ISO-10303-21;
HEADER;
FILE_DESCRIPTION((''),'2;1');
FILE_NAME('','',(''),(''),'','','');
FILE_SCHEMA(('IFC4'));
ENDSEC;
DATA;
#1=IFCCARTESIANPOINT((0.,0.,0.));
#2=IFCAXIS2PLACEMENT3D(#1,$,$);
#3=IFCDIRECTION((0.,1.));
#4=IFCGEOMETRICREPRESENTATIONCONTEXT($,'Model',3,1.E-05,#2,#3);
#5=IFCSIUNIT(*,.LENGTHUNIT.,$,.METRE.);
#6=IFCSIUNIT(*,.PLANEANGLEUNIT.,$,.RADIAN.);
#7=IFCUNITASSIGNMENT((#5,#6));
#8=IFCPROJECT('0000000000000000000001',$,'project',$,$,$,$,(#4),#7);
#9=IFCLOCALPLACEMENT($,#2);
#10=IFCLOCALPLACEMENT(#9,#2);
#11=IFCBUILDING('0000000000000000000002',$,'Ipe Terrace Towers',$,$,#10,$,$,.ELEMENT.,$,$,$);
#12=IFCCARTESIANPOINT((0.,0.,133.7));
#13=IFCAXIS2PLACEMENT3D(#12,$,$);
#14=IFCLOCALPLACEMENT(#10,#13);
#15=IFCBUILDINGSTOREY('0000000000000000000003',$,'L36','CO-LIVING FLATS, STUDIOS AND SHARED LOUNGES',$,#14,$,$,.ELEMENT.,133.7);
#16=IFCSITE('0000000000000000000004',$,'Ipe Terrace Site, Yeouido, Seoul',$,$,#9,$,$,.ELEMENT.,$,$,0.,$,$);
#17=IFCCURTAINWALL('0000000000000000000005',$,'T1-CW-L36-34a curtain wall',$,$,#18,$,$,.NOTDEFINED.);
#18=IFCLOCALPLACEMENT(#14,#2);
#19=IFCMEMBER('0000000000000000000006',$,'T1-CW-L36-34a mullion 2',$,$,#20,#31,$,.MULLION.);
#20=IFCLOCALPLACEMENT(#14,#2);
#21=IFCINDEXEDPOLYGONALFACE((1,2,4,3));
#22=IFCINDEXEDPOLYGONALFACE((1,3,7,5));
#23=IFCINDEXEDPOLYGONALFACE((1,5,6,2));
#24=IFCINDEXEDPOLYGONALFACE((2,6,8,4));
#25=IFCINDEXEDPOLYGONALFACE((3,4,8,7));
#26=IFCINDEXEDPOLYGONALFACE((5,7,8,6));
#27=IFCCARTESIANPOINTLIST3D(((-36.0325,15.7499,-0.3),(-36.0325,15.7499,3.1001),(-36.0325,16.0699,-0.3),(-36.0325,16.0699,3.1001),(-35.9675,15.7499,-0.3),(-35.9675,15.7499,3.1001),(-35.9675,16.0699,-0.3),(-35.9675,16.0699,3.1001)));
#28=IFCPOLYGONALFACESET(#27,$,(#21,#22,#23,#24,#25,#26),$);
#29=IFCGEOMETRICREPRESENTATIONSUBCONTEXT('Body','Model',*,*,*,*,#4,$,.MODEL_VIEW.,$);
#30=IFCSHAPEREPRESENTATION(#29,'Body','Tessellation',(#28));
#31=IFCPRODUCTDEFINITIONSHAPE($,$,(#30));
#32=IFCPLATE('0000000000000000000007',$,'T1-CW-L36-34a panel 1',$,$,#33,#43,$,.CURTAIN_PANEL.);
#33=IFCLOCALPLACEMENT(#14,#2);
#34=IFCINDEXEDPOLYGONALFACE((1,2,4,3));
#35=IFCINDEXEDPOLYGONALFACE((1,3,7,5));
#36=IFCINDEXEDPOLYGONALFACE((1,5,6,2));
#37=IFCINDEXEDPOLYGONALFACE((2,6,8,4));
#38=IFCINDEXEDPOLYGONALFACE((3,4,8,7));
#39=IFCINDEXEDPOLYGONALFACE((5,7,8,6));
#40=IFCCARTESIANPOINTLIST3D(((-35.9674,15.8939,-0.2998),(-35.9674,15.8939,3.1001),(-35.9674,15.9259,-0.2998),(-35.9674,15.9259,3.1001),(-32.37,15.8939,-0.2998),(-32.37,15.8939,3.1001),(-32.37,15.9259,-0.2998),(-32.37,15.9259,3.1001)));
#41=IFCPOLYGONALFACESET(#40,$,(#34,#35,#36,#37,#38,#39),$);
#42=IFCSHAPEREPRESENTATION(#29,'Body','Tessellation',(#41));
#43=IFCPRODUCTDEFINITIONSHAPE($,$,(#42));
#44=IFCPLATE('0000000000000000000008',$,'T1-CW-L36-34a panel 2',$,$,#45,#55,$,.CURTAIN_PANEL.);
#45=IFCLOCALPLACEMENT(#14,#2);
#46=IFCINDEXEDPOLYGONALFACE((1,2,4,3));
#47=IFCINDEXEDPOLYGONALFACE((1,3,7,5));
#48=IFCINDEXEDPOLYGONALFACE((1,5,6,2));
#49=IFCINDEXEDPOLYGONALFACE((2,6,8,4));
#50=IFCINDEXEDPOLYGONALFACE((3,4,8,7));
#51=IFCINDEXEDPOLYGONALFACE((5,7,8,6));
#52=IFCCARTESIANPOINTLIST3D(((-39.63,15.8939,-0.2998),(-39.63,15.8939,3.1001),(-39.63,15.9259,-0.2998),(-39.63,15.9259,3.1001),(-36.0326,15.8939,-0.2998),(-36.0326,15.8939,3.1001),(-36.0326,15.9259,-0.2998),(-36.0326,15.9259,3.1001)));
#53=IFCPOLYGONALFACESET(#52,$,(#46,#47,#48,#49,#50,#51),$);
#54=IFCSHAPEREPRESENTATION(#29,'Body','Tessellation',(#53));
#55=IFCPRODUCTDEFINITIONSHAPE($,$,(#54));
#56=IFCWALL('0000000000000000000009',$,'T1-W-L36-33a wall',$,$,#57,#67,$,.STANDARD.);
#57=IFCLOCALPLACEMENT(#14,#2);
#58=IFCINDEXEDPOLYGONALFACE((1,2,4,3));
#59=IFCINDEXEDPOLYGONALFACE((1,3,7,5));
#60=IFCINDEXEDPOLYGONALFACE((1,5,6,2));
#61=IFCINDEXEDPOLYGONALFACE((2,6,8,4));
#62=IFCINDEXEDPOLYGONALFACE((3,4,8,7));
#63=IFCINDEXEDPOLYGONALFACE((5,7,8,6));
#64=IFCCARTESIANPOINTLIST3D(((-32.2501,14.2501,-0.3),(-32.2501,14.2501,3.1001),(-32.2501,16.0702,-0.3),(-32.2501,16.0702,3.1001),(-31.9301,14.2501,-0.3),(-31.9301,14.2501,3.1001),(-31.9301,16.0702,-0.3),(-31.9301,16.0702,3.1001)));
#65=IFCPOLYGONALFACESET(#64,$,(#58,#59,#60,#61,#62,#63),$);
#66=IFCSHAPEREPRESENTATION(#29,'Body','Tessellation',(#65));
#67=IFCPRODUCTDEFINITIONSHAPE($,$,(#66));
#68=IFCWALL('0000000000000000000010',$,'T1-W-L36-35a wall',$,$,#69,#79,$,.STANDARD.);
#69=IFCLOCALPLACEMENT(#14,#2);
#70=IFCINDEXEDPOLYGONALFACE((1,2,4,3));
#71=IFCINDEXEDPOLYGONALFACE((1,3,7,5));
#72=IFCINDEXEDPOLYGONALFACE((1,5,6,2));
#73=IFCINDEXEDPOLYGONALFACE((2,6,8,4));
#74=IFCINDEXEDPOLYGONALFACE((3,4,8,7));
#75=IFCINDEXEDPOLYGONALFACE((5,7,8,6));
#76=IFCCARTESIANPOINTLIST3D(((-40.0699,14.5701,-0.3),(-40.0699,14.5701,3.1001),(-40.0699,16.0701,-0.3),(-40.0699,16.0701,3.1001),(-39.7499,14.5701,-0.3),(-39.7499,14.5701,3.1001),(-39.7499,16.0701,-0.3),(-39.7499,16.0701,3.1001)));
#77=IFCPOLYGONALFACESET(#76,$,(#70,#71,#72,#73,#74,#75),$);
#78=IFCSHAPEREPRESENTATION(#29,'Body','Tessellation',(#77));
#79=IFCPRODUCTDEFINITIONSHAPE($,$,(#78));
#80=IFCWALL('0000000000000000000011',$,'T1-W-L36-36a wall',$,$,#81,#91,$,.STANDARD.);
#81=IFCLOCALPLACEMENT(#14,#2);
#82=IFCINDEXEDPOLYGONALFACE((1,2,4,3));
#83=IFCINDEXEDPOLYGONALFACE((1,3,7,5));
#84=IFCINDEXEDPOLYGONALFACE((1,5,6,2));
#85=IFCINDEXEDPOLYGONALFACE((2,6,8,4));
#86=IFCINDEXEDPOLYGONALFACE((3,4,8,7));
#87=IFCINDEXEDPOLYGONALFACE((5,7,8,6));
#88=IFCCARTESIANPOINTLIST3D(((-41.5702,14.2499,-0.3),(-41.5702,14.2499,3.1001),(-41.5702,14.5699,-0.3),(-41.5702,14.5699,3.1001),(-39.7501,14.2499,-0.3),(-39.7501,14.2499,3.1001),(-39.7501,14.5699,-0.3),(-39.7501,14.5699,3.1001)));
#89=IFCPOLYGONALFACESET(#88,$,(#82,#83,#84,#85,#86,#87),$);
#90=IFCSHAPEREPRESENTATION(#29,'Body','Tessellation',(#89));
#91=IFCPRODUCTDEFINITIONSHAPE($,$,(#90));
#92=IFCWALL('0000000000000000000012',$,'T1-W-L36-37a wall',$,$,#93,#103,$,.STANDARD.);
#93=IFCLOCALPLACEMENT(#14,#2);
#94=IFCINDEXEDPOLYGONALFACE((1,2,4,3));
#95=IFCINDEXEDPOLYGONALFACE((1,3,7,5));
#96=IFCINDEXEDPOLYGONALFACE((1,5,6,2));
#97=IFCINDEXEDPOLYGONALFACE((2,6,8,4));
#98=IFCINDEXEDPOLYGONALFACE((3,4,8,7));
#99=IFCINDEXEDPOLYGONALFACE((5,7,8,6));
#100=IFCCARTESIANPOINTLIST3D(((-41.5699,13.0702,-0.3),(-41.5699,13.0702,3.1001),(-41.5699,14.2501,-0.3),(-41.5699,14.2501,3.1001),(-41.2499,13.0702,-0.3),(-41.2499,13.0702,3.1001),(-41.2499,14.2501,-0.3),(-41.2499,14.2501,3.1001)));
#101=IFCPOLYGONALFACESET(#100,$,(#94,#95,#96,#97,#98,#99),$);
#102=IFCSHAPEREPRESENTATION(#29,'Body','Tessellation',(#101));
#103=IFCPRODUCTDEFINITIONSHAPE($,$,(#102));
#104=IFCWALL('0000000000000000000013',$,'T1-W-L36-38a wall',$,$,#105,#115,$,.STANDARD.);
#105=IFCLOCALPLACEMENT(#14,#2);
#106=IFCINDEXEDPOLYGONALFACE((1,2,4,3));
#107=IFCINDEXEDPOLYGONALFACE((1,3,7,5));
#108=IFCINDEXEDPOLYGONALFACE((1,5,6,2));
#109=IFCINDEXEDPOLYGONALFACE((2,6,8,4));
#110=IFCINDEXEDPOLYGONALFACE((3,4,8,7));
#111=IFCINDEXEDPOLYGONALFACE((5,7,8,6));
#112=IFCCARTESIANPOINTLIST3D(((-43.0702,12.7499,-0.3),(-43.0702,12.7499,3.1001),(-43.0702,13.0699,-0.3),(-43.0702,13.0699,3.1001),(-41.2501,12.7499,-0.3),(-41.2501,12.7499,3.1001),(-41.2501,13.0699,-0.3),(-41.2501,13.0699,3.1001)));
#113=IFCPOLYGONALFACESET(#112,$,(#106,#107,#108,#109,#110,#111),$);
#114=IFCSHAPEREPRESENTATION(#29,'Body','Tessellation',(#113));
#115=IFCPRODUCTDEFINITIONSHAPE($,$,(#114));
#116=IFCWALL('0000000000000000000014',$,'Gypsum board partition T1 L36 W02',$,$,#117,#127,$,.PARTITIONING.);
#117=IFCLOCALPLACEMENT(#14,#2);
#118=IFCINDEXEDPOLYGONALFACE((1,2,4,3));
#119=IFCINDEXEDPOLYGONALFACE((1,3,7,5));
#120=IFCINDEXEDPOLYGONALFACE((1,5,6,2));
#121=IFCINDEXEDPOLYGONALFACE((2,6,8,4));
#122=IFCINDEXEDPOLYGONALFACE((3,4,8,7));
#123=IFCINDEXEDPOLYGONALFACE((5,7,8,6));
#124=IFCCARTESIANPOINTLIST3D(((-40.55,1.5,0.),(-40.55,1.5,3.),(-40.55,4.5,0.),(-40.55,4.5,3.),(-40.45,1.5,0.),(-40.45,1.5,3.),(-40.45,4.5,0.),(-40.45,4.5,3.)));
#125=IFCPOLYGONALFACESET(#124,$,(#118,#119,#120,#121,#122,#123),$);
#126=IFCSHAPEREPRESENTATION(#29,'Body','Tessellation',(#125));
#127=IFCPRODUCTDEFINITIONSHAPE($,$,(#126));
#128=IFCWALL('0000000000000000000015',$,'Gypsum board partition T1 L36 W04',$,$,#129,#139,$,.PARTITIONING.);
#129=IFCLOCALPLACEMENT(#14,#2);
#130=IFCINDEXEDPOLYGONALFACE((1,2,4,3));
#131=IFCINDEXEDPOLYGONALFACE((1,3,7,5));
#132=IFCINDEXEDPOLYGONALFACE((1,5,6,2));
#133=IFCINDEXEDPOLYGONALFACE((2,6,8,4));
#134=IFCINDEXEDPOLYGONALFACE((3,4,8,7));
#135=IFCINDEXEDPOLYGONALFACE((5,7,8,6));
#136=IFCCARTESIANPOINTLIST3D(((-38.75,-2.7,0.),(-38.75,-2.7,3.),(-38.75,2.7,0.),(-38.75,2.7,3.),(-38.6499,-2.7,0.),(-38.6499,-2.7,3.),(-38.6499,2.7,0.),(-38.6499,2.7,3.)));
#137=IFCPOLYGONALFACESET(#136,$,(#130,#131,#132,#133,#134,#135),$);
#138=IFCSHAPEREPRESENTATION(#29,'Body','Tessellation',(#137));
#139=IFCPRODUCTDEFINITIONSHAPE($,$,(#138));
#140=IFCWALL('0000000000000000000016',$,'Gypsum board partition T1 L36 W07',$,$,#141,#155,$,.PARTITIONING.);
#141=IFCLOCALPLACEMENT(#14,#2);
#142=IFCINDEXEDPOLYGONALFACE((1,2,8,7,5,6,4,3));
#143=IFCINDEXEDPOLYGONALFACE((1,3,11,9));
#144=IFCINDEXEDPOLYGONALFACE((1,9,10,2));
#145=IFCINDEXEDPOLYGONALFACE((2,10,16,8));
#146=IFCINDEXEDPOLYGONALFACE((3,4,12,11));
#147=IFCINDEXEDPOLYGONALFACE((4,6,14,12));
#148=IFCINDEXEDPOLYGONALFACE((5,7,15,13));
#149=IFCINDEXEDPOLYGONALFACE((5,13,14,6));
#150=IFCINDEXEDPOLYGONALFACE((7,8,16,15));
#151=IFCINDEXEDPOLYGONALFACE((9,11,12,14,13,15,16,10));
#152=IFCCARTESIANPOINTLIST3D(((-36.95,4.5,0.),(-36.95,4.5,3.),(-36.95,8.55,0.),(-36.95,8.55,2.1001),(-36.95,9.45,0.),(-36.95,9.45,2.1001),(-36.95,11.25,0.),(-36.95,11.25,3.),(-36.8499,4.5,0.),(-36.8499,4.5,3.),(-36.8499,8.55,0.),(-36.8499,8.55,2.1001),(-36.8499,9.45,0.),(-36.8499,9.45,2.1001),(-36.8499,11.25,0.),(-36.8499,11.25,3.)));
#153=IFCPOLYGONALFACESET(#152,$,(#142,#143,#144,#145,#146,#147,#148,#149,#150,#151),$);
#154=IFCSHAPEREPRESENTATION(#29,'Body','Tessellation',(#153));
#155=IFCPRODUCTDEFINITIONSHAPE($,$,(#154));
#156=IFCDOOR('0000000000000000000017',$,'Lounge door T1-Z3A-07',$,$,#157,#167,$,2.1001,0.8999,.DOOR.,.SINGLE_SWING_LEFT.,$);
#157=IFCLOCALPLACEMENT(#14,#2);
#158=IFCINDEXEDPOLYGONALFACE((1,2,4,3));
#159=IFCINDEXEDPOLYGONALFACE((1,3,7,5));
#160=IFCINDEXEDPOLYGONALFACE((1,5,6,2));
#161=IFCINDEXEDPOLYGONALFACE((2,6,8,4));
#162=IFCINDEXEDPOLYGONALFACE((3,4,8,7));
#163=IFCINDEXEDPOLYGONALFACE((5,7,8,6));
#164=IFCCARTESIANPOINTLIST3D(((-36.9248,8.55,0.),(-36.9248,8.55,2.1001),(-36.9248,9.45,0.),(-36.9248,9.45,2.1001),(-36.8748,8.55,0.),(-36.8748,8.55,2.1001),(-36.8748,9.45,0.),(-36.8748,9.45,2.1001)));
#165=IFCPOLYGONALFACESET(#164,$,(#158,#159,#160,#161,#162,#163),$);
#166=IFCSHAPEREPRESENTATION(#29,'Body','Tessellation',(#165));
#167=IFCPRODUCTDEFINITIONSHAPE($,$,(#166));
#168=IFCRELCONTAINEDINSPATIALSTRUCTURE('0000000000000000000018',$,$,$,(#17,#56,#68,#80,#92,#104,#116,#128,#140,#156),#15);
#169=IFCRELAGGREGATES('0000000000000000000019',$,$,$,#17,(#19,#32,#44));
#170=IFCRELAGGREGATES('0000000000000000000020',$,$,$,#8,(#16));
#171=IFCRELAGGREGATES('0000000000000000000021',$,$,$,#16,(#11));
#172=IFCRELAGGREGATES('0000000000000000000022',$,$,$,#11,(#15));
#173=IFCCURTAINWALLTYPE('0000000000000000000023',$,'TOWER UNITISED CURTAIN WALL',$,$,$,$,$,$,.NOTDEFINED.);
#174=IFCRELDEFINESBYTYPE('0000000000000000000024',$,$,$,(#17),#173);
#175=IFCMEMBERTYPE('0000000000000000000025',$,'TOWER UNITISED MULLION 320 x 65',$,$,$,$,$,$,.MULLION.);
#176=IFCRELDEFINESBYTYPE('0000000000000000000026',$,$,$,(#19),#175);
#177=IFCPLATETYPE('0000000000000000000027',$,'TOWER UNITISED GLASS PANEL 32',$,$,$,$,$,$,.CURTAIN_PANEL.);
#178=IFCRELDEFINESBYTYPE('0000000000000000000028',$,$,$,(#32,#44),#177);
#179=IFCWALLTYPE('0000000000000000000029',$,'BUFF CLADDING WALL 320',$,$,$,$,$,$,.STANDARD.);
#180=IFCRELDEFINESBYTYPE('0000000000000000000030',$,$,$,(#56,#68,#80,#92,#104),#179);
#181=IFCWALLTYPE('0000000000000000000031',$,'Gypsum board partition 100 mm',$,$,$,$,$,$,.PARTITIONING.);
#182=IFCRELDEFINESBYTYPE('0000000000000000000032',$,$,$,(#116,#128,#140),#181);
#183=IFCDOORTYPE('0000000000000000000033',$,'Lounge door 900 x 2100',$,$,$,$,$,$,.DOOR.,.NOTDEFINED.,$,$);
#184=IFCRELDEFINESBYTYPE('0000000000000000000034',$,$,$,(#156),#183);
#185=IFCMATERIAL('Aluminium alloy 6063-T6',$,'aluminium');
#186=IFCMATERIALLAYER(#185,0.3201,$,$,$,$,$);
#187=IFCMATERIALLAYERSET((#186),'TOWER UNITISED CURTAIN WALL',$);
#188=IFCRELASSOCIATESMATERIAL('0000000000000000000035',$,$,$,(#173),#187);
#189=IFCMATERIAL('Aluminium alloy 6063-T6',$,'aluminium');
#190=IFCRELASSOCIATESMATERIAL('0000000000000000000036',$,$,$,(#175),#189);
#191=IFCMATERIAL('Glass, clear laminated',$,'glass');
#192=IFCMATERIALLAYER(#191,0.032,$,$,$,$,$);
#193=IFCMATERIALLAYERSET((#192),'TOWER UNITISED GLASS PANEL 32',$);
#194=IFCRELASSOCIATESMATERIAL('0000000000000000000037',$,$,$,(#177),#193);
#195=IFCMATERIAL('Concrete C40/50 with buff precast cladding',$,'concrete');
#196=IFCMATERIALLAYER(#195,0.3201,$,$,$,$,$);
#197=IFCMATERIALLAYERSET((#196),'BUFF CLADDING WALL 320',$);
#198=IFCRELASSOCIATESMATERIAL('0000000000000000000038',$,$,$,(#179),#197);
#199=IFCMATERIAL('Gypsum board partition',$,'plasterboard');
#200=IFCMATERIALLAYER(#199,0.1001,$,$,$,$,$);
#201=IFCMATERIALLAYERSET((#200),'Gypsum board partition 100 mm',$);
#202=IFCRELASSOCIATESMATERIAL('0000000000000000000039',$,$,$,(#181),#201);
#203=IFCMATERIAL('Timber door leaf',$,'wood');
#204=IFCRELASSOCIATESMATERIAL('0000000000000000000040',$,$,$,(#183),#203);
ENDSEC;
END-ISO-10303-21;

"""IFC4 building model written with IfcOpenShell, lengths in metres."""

from ifc_helpers import new_model, si_unit, direction, frame, frame_2d, origin, origin_2d, place, context, subcontext, project, spatial, rectangle, extrude, material, layer, layer_set, material_profile, profile_set, type_object, element, fill, aggregate, save


model = new_model("IFC4")

# Units and contexts
model_context = context("Model", 3, precision=1e-05, world=origin(), true_north=direction((0.0, 1.0)))
body_context = subcontext(model_context, "Body", "Model", "MODEL_VIEW")
ifc_project = project(units=[si_unit("LENGTHUNIT", "METRE"), si_unit("PLANEANGLEUNIT", "RADIAN")], contexts=[model_context])

# Site, building, storey
site_placement = place(None, origin())
site = spatial("IfcSite", under=ifc_project, at=site_placement, Name="Ipe Terrace Site, Yeouido, Seoul", CompositionType="ELEMENT", RefElevation=0.0)
building_placement = place(site_placement, origin())
building = spatial("IfcBuilding", under=site, at=building_placement, Name="Ipe Terrace Towers", CompositionType="ELEMENT")
storey_placement = place(building_placement, frame((0.0, 0.0, 133.7)))
storey = spatial("IfcBuildingStorey", under=building, at=storey_placement, Name="L36", Description="CO-LIVING FLATS, STUDIOS AND SHARED LOUNGES", CompositionType="ELEMENT", Elevation=133.7)

# Curtain wall, member, plates
ifc_material_1 = material(Name="Aluminium alloy 6063-T6", Category="aluminium")
ifc_layer_1 = layer(ifc_material_1, 0.3201)
ifc_layer_set_1 = layer_set([ifc_layer_1], Name="TOWER UNITISED CURTAIN WALL")
curtain_wall_type = type_object("IfcCurtainWallType", Name="TOWER UNITISED CURTAIN WALL", PredefinedType="NOTDEFINED", material=ifc_layer_set_1)
curtain_wall_placement = place(storey_placement, origin())
curtain_wall = element("IfcCurtainWall", 1, at=curtain_wall_placement, inside=storey, type_object=curtain_wall_type, Name="T1-CW-L36-34a curtain wall", PredefinedType="NOTDEFINED")
ifc_material_2 = material(Name="Aluminium alloy 6063-T6", Category="aluminium")
ifc_material_profile_1 = material_profile(ifc_material_2, rectangle(XDim=0.3201, YDim=0.0649, at=origin_2d()), Name="TOWER UNITISED MULLION 320 x 65")
ifc_profile_set_1 = profile_set([ifc_material_profile_1], Name="Aluminium alloy 6063-T6")
member_type_1 = type_object("IfcMemberType", Name="TOWER UNITISED MULLION 320 x 65", PredefinedType="MULLION", material=ifc_profile_set_1)
member_1_placement = place(storey_placement, frame((-36.0, 15.9099, -0.3), z_axis=(0.0, 0.0, 1.0), x_axis=(0.0, 1.0, 0.0)))
member_1 = element("IfcMember", 2, at=member_1_placement, type_object=member_type_1, Name="T1-CW-L36-34a mullion 2", PredefinedType="MULLION", context=body_context, shape_type="SweptSolid", body=[
    extrude(rectangle(XDim=0.3201, YDim=0.0649, at=origin_2d()), origin(), (0.0, 0.0, 1.0), 3.4001),
])
ifc_material_3 = material(Name="Glass, clear laminated", Category="glass")
ifc_layer_2 = layer(ifc_material_3, 0.032)
ifc_layer_set_2 = layer_set([ifc_layer_2], Name="TOWER UNITISED GLASS PANEL 32")
plate_type = type_object("IfcPlateType", Name="TOWER UNITISED GLASS PANEL 32", PredefinedType="CURTAIN_PANEL", material=ifc_layer_set_2)
plate_1_placement = place(storey_placement, frame((-34.1687, 15.9099, -0.2998), z_axis=(0.0, 0.0, 1.0), x_axis=(-1.0, 0.0, 0.0)))
plate_1 = element("IfcPlate", 3, at=plate_1_placement, type_object=plate_type, Name="T1-CW-L36-34a panel 1", PredefinedType="CURTAIN_PANEL", context=body_context, shape_type="SweptSolid", body=[
    extrude(rectangle(XDim=3.5974, YDim=0.032, at=origin_2d()), origin(), (0.0, 0.0, 1.0), 3.3999),
])
plate_2_placement = place(storey_placement, frame((-37.8313, 15.9099, -0.2998), z_axis=(0.0, 0.0, 1.0), x_axis=(-1.0, 0.0, 0.0)))
plate_2 = element("IfcPlate", 4, at=plate_2_placement, type_object=plate_type, Name="T1-CW-L36-34a panel 2", PredefinedType="CURTAIN_PANEL", context=body_context, shape_type="SweptSolid", body=[
    extrude(rectangle(XDim=3.5974, YDim=0.032, at=origin_2d()), origin(), (0.0, 0.0, 1.0), 3.3999),
])
aggregate(curtain_wall, [member_1, plate_1, plate_2])

# Walls
ifc_material_4 = material(Name="Concrete C40/50 with buff precast cladding", Category="concrete")
ifc_layer_3 = layer(ifc_material_4, 0.3201)
ifc_layer_set_3 = layer_set([ifc_layer_3], Name="BUFF CLADDING WALL 320")
wall_type_1 = type_object("IfcWallType", Name="BUFF CLADDING WALL 320", PredefinedType="STANDARD", material=ifc_layer_set_3)
wall_1_placement = place(storey_placement, frame((-32.0901, 14.25, -0.3), z_axis=(0.0, 0.0, 1.0), x_axis=(0.0, 1.0, 0.0)))
element("IfcWall", 5, at=wall_1_placement, inside=storey, type_object=wall_type_1, Name="T1-W-L36-33a wall", PredefinedType="STANDARD", context=body_context, shape_type="SweptSolid", body=[
    extrude(rectangle(XDim=1.8201, YDim=0.3201, at=frame_2d((0.9102, 0.0))), origin(), (0.0, 0.0, 1.0), 3.4001),
])
wall_2_placement = place(storey_placement, frame((-39.9099, 16.0701, -0.3), z_axis=(0.0, 0.0, 1.0), x_axis=(0.0, -1.0, 0.0)))
element("IfcWall", 6, at=wall_2_placement, inside=storey, type_object=wall_type_1, Name="T1-W-L36-35a wall", PredefinedType="STANDARD", context=body_context, shape_type="SweptSolid", body=[
    extrude(rectangle(XDim=1.5, YDim=0.3201, at=frame_2d((0.75, 0.0))), origin(), (0.0, 0.0, 1.0), 3.4001),
])
wall_3_placement = place(storey_placement, frame((-39.75, 14.4099, -0.3), z_axis=(0.0, 0.0, 1.0), x_axis=(-1.0, 0.0, 0.0)))
element("IfcWall", 7, at=wall_3_placement, inside=storey, type_object=wall_type_1, Name="T1-W-L36-36a wall", PredefinedType="STANDARD", context=body_context, shape_type="SweptSolid", body=[
    extrude(rectangle(XDim=1.8201, YDim=0.3201, at=frame_2d((0.9102, 0.0))), origin(), (0.0, 0.0, 1.0), 3.4001),
])
wall_4_placement = place(storey_placement, frame((-41.4099, 14.25, -0.3), z_axis=(0.0, 0.0, 1.0), x_axis=(0.0, -1.0, 0.0)))
element("IfcWall", 8, at=wall_4_placement, inside=storey, type_object=wall_type_1, Name="T1-W-L36-37a wall", PredefinedType="STANDARD", context=body_context, shape_type="SweptSolid", body=[
    extrude(rectangle(XDim=1.1799, YDim=0.3201, at=frame_2d((0.5898, 0.0))), origin(), (0.0, 0.0, 1.0), 3.4001),
])
wall_5_placement = place(storey_placement, frame((-41.25, 12.9099, -0.3), z_axis=(0.0, 0.0, 1.0), x_axis=(-1.0, 0.0, 0.0)))
element("IfcWall", 9, at=wall_5_placement, inside=storey, type_object=wall_type_1, Name="T1-W-L36-38a wall", PredefinedType="STANDARD", context=body_context, shape_type="SweptSolid", body=[
    extrude(rectangle(XDim=1.8201, YDim=0.3201, at=frame_2d((0.9102, 0.0))), origin(), (0.0, 0.0, 1.0), 3.4001),
])
ifc_material_5 = material(Name="Gypsum board partition", Category="plasterboard")
ifc_layer_4 = layer(ifc_material_5, 0.1001)
ifc_layer_set_4 = layer_set([ifc_layer_4], Name="Gypsum board partition 100 mm")
wall_type_2 = type_object("IfcWallType", Name="Gypsum board partition 100 mm", PredefinedType="PARTITIONING", material=ifc_layer_set_4)
wall_6_placement = place(storey_placement, frame((-40.5, 1.5, 0.0), z_axis=(0.0, 0.0, 1.0), x_axis=(0.0, 1.0, 0.0)))
element("IfcWall", 10, at=wall_6_placement, inside=storey, type_object=wall_type_2, Name="Gypsum board partition T1 L36 W02", PredefinedType="PARTITIONING", context=body_context, shape_type="SweptSolid", body=[
    extrude(rectangle(XDim=3.0, YDim=0.1001, at=frame_2d((1.5, 0.0))), origin(), (0.0, 0.0, 1.0), 3.0),
])
wall_7_placement = place(storey_placement, frame((-38.7, -2.7, 0.0), z_axis=(0.0, 0.0, 1.0), x_axis=(0.0, 1.0, 0.0)))
element("IfcWall", 11, at=wall_7_placement, inside=storey, type_object=wall_type_2, Name="Gypsum board partition T1 L36 W04", PredefinedType="PARTITIONING", context=body_context, shape_type="SweptSolid", body=[
    extrude(rectangle(XDim=5.3999, YDim=0.1001, at=frame_2d((2.7, 0.0))), origin(), (0.0, 0.0, 1.0), 3.0),
])

# Wall, opening, door
wall_8_placement = place(storey_placement, frame((-36.8999, 4.5, 0.0), z_axis=(0.0, 0.0, 1.0), x_axis=(0.0, 1.0, 0.0)))
wall_8 = element("IfcWall", 12, at=wall_8_placement, inside=storey, type_object=wall_type_2, Name="Gypsum board partition T1 L36 W07", PredefinedType="PARTITIONING", context=body_context, shape_type="SweptSolid", body=[
    extrude(rectangle(XDim=6.75, YDim=0.1001, at=frame_2d((3.375, 0.0))), origin(), (0.0, 0.0, 1.0), 3.0),
])
opening_1_placement = place(wall_8_placement, frame((4.05, 0.0, 0.0)))
opening_1 = element("IfcOpeningElement", 13, at=opening_1_placement, cuts=wall_8, PredefinedType="OPENING", context=body_context, shape_type="SweptSolid", body=[
    extrude(rectangle(XDim=0.8999, YDim=2.1001, at=frame_2d((0.45, 1.05))), frame((0.0, 0.0601, 0.0), z_axis=(0.0, -1.0, 0.0), x_axis=(1.0, 0.0, 0.0)), (0.0, 0.0, 1.0), 0.1201),
])
ifc_material_6 = material(Name="Timber door leaf", Category="wood")
door_type = type_object("IfcDoorType", Name="Lounge door 900 x 2100", OperationType="NOTDEFINED", PredefinedType="DOOR", material=ifc_material_6)
door_1_placement = place(opening_1_placement, origin())
door_1 = element("IfcDoor", 14, at=door_1_placement, inside=storey, type_object=door_type, Name="Lounge door T1-Z3A-07", OperationType="SINGLE_SWING_LEFT", OverallHeight=2.1001, OverallWidth=0.8999, PredefinedType="DOOR", context=body_context, shape_type="SweptSolid", body=[
    extrude(rectangle(XDim=0.8999, YDim=2.1001, at=frame_2d((0.45, 1.05))), frame((0.0, 0.0249, 0.0), z_axis=(0.0, -1.0, 0.0), x_axis=(1.0, 0.0, 0.0)), (0.0, 0.0, 1.0), 0.05),
])
fill(opening_1, door_1)

save(model, "model.ifc")
